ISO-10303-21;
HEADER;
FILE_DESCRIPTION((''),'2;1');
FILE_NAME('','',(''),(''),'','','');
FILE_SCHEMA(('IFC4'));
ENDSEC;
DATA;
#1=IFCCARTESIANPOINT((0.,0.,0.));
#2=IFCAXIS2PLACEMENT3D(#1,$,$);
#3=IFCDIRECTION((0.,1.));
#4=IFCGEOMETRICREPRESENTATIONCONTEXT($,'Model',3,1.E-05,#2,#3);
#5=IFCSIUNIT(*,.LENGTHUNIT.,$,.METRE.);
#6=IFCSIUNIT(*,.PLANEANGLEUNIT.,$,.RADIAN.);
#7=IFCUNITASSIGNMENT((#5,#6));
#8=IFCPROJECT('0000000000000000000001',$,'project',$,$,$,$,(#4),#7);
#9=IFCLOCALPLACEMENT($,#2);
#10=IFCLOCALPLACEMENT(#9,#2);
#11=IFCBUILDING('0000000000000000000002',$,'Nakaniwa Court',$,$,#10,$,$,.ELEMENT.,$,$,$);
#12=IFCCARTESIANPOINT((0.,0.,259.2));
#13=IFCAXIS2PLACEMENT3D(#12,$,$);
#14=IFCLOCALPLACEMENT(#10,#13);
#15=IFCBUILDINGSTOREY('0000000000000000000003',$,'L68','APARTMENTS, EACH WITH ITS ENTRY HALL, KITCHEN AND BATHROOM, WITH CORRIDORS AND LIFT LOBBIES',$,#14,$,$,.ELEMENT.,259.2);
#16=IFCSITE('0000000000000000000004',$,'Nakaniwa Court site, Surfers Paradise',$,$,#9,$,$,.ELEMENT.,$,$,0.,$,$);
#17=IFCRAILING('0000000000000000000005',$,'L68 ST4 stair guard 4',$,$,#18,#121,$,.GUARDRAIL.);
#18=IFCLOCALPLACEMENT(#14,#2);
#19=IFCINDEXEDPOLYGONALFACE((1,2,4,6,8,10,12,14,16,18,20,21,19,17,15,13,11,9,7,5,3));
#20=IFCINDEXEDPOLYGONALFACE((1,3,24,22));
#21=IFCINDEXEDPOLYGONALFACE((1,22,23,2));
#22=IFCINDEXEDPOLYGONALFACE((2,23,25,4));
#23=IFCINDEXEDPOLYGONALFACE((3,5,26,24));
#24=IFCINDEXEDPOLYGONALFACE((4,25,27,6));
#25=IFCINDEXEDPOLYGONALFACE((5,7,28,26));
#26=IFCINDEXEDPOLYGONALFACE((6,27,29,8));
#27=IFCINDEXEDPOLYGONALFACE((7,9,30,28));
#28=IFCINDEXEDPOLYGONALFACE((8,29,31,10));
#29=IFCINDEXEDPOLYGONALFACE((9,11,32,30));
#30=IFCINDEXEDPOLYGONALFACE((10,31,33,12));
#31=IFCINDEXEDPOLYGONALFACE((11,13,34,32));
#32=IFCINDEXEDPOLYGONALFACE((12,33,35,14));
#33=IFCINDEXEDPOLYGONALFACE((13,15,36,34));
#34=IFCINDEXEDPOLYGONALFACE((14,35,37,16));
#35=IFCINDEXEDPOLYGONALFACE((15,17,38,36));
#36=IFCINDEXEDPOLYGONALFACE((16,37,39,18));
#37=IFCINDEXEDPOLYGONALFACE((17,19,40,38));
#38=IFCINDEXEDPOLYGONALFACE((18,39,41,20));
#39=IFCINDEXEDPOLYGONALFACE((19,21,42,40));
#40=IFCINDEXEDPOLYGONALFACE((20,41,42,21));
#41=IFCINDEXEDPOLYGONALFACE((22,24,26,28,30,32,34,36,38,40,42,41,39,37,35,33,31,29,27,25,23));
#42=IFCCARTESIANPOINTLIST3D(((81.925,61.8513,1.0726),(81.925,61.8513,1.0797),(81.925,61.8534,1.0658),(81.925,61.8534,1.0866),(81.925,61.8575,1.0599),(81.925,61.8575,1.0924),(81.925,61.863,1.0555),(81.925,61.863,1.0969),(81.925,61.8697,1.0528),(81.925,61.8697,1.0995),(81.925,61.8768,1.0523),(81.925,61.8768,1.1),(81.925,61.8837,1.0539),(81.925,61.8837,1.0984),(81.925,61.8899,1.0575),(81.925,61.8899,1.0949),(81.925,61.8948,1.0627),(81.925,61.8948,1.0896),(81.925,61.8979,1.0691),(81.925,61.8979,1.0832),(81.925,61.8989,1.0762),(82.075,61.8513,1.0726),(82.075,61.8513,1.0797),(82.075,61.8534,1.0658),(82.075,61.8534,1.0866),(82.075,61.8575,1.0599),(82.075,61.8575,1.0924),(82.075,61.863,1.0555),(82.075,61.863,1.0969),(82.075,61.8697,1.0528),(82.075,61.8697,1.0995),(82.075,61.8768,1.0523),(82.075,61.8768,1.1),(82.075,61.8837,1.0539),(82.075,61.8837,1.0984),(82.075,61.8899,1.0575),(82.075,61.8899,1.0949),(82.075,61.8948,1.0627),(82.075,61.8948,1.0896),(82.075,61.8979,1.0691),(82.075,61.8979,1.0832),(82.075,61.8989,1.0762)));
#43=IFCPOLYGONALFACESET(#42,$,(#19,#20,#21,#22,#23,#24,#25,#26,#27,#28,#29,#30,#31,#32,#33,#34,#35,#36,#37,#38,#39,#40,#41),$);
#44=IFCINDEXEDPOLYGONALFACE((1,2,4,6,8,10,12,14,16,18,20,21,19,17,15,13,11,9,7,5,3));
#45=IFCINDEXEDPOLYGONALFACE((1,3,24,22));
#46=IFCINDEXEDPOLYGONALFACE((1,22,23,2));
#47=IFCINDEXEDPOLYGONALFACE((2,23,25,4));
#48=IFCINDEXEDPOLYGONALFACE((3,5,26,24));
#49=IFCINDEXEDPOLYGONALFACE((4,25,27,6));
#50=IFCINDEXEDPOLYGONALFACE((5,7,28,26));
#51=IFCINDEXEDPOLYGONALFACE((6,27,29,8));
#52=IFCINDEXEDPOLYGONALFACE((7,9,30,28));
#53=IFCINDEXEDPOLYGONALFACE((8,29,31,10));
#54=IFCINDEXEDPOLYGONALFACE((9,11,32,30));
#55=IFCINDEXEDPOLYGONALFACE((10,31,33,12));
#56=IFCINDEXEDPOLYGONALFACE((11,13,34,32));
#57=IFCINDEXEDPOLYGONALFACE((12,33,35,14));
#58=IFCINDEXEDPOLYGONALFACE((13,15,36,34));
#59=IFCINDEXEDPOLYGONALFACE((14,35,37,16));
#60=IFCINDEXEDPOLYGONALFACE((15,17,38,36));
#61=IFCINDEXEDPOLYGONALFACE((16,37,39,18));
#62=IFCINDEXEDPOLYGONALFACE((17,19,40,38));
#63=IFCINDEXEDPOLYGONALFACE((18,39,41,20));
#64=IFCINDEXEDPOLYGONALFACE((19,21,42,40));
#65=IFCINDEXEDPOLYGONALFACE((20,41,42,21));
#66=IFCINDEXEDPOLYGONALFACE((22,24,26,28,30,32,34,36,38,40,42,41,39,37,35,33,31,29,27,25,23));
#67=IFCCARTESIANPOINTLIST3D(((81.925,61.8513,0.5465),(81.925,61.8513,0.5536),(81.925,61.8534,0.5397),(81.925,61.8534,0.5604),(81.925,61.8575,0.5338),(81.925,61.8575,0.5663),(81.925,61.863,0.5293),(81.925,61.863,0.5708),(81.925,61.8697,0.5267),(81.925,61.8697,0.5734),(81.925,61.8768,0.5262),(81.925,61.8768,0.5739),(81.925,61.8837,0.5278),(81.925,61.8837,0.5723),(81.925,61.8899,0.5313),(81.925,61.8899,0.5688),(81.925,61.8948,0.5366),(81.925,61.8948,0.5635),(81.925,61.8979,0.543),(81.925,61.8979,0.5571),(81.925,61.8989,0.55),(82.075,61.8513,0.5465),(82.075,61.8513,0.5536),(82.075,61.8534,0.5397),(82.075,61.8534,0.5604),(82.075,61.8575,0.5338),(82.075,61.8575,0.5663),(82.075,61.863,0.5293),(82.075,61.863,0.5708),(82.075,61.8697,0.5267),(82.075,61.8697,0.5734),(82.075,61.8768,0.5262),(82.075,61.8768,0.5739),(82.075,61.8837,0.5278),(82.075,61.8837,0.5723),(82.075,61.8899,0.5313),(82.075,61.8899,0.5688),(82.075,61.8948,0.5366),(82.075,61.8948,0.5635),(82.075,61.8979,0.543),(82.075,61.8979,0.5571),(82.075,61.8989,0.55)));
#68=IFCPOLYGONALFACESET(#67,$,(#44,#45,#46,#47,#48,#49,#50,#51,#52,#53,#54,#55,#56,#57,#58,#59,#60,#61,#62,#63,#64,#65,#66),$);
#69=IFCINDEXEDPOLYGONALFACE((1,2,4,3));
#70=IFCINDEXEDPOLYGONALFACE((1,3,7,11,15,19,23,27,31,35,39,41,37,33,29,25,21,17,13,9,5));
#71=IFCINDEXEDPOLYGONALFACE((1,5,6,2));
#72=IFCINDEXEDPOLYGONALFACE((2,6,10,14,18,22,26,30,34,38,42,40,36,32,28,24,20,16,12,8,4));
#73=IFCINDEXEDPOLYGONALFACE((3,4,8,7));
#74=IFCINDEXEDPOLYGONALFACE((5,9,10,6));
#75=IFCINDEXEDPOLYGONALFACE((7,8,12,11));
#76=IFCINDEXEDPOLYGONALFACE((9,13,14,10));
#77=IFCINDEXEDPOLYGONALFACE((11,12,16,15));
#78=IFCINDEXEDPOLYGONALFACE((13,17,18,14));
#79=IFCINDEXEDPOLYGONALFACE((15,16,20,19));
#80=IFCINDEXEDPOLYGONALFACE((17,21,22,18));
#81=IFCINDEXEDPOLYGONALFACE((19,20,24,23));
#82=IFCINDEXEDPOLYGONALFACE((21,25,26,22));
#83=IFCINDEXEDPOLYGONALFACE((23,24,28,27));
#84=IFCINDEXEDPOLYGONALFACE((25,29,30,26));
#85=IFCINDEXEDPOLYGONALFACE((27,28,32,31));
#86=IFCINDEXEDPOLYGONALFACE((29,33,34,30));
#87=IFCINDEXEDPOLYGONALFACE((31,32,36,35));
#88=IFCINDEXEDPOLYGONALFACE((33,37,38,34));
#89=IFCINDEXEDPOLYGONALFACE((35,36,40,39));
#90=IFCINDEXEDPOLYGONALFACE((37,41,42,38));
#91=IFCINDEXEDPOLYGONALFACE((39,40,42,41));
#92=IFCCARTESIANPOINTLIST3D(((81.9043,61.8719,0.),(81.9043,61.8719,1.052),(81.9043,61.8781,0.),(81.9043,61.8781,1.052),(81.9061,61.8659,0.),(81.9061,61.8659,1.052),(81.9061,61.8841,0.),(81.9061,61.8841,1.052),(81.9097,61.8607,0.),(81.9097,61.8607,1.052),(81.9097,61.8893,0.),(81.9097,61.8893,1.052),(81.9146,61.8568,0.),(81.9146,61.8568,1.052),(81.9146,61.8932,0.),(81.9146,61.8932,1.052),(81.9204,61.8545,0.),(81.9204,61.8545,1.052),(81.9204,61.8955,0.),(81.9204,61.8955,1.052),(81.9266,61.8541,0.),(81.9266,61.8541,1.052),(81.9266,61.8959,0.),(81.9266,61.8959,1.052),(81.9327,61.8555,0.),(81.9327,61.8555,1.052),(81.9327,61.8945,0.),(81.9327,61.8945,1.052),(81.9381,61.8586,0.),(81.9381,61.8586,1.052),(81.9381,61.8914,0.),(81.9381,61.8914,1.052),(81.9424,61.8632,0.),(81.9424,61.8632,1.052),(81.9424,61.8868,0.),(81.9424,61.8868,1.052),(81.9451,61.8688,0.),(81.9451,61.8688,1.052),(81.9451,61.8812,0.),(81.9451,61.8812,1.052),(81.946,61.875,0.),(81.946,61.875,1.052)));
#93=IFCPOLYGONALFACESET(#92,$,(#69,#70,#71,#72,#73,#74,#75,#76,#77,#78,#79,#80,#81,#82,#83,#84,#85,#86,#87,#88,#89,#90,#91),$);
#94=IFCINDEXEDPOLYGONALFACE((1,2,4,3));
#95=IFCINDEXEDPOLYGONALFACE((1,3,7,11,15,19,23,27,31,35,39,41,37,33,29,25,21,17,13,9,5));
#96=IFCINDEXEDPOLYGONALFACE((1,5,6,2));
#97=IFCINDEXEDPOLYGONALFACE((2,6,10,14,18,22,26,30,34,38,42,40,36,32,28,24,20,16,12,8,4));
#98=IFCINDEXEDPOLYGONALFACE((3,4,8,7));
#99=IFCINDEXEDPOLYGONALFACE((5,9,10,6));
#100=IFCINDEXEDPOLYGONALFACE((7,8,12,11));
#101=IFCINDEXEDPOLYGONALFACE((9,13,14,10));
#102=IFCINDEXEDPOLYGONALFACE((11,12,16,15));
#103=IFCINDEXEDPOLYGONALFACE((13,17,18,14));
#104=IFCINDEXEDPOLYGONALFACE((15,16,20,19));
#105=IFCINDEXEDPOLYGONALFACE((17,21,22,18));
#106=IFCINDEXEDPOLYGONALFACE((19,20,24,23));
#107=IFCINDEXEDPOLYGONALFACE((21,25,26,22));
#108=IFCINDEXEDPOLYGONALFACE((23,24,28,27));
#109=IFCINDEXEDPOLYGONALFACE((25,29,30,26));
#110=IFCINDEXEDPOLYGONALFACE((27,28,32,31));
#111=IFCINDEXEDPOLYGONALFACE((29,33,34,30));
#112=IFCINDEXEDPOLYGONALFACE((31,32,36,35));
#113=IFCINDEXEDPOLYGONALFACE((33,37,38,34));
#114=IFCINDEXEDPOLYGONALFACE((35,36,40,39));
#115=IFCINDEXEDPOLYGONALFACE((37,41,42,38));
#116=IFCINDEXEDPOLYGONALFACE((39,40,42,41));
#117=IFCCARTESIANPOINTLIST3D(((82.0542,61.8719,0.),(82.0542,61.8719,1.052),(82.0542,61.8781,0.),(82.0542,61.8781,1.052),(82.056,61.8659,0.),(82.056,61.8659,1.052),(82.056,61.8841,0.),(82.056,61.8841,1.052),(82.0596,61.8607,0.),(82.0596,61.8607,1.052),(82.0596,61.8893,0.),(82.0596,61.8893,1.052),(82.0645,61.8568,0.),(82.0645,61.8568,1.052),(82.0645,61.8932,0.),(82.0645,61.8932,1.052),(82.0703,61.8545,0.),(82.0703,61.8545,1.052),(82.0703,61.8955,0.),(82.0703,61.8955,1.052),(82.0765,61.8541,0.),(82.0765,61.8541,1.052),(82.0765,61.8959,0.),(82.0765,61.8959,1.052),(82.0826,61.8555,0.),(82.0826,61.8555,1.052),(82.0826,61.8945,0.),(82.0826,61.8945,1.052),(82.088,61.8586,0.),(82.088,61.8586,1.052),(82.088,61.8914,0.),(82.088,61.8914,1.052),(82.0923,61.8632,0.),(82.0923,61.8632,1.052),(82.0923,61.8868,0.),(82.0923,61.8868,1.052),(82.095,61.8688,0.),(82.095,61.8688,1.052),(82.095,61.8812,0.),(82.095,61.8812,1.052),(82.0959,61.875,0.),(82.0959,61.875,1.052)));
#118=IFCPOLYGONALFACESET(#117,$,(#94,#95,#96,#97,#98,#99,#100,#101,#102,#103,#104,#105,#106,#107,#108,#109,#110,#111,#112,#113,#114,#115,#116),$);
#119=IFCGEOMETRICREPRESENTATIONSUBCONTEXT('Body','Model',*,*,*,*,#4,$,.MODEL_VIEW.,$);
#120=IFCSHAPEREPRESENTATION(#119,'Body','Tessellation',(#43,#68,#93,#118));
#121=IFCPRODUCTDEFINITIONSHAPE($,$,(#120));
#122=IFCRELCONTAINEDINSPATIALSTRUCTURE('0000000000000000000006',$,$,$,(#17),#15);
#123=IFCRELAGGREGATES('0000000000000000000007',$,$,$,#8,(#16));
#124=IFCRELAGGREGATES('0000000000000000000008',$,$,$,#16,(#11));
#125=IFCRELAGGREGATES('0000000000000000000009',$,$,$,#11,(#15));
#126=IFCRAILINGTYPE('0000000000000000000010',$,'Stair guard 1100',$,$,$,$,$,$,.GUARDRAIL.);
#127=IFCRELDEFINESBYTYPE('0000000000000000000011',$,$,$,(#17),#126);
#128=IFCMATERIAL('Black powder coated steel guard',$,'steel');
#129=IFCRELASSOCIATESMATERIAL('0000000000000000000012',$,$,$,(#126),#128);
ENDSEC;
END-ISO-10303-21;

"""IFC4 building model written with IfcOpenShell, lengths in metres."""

from ifc_helpers import new_model, si_unit, direction, frame, origin, origin_2d, place, context, subcontext, project, spatial, circle, extrude, material, type_object, element, save


model = new_model("IFC4")

# Units and contexts
model_context = context("Model", 3, precision=1e-05, world=origin(), true_north=direction((0.0, 1.0)))
body_context = subcontext(model_context, "Body", "Model", "MODEL_VIEW")
ifc_project = project(units=[si_unit("LENGTHUNIT", "METRE"), si_unit("PLANEANGLEUNIT", "RADIAN")], contexts=[model_context])

# Site, building, storey
site_placement = place(None, origin())
site = spatial("IfcSite", under=ifc_project, at=site_placement, Name="Nakaniwa Court site, Surfers Paradise", CompositionType="ELEMENT", RefElevation=0.0)
building_placement = place(site_placement, origin())
building = spatial("IfcBuilding", under=site, at=building_placement, Name="Nakaniwa Court", CompositionType="ELEMENT")
storey_placement = place(building_placement, frame((0.0, 0.0, 259.2)))
storey = spatial("IfcBuildingStorey", under=building, at=storey_placement, Name="L68", Description="APARTMENTS, EACH WITH ITS ENTRY HALL, KITCHEN AND BATHROOM, WITH CORRIDORS AND LIFT LOBBIES", CompositionType="ELEMENT", Elevation=259.2)

# Railing
ifc_material_1 = material(Name="Black powder coated steel guard", Category="steel")
railing_type_1 = type_object("IfcRailingType", Name="Stair guard 1100", PredefinedType="GUARDRAIL", material=ifc_material_1)
railing_1_placement = place(storey_placement, frame((81.925, 61.875, 0.0)))
element("IfcRailing", 1, at=railing_1_placement, inside=storey, type_object=railing_type_1, Name="L68 ST4 stair guard 4", PredefinedType="GUARDRAIL", context=body_context, shape_type="SweptSolid", body=[
    extrude(circle(Radius=0.0239, at=origin_2d()), frame((0.0, 0.0, 1.0762), z_axis=(1.0, 0.0, 0.0), x_axis=(0.0, 1.0, 0.0)), (0.0, 0.0, 1.0), 0.1499),
    extrude(circle(Radius=0.0239, at=origin_2d()), frame((0.0, 0.0, 0.55), z_axis=(1.0, 0.0, 0.0), x_axis=(0.0, 1.0, 0.0)), (0.0, 0.0, 1.0), 0.1499),
    extrude(circle(Radius=0.021, at=origin_2d()), origin(), (0.0, 0.0, 1.0), 1.052),
    extrude(circle(Radius=0.021, at=origin_2d()), frame((0.1499, 0.0, 0.0)), (0.0, 0.0, 1.0), 1.052),
])

save(model, "model.ifc")
